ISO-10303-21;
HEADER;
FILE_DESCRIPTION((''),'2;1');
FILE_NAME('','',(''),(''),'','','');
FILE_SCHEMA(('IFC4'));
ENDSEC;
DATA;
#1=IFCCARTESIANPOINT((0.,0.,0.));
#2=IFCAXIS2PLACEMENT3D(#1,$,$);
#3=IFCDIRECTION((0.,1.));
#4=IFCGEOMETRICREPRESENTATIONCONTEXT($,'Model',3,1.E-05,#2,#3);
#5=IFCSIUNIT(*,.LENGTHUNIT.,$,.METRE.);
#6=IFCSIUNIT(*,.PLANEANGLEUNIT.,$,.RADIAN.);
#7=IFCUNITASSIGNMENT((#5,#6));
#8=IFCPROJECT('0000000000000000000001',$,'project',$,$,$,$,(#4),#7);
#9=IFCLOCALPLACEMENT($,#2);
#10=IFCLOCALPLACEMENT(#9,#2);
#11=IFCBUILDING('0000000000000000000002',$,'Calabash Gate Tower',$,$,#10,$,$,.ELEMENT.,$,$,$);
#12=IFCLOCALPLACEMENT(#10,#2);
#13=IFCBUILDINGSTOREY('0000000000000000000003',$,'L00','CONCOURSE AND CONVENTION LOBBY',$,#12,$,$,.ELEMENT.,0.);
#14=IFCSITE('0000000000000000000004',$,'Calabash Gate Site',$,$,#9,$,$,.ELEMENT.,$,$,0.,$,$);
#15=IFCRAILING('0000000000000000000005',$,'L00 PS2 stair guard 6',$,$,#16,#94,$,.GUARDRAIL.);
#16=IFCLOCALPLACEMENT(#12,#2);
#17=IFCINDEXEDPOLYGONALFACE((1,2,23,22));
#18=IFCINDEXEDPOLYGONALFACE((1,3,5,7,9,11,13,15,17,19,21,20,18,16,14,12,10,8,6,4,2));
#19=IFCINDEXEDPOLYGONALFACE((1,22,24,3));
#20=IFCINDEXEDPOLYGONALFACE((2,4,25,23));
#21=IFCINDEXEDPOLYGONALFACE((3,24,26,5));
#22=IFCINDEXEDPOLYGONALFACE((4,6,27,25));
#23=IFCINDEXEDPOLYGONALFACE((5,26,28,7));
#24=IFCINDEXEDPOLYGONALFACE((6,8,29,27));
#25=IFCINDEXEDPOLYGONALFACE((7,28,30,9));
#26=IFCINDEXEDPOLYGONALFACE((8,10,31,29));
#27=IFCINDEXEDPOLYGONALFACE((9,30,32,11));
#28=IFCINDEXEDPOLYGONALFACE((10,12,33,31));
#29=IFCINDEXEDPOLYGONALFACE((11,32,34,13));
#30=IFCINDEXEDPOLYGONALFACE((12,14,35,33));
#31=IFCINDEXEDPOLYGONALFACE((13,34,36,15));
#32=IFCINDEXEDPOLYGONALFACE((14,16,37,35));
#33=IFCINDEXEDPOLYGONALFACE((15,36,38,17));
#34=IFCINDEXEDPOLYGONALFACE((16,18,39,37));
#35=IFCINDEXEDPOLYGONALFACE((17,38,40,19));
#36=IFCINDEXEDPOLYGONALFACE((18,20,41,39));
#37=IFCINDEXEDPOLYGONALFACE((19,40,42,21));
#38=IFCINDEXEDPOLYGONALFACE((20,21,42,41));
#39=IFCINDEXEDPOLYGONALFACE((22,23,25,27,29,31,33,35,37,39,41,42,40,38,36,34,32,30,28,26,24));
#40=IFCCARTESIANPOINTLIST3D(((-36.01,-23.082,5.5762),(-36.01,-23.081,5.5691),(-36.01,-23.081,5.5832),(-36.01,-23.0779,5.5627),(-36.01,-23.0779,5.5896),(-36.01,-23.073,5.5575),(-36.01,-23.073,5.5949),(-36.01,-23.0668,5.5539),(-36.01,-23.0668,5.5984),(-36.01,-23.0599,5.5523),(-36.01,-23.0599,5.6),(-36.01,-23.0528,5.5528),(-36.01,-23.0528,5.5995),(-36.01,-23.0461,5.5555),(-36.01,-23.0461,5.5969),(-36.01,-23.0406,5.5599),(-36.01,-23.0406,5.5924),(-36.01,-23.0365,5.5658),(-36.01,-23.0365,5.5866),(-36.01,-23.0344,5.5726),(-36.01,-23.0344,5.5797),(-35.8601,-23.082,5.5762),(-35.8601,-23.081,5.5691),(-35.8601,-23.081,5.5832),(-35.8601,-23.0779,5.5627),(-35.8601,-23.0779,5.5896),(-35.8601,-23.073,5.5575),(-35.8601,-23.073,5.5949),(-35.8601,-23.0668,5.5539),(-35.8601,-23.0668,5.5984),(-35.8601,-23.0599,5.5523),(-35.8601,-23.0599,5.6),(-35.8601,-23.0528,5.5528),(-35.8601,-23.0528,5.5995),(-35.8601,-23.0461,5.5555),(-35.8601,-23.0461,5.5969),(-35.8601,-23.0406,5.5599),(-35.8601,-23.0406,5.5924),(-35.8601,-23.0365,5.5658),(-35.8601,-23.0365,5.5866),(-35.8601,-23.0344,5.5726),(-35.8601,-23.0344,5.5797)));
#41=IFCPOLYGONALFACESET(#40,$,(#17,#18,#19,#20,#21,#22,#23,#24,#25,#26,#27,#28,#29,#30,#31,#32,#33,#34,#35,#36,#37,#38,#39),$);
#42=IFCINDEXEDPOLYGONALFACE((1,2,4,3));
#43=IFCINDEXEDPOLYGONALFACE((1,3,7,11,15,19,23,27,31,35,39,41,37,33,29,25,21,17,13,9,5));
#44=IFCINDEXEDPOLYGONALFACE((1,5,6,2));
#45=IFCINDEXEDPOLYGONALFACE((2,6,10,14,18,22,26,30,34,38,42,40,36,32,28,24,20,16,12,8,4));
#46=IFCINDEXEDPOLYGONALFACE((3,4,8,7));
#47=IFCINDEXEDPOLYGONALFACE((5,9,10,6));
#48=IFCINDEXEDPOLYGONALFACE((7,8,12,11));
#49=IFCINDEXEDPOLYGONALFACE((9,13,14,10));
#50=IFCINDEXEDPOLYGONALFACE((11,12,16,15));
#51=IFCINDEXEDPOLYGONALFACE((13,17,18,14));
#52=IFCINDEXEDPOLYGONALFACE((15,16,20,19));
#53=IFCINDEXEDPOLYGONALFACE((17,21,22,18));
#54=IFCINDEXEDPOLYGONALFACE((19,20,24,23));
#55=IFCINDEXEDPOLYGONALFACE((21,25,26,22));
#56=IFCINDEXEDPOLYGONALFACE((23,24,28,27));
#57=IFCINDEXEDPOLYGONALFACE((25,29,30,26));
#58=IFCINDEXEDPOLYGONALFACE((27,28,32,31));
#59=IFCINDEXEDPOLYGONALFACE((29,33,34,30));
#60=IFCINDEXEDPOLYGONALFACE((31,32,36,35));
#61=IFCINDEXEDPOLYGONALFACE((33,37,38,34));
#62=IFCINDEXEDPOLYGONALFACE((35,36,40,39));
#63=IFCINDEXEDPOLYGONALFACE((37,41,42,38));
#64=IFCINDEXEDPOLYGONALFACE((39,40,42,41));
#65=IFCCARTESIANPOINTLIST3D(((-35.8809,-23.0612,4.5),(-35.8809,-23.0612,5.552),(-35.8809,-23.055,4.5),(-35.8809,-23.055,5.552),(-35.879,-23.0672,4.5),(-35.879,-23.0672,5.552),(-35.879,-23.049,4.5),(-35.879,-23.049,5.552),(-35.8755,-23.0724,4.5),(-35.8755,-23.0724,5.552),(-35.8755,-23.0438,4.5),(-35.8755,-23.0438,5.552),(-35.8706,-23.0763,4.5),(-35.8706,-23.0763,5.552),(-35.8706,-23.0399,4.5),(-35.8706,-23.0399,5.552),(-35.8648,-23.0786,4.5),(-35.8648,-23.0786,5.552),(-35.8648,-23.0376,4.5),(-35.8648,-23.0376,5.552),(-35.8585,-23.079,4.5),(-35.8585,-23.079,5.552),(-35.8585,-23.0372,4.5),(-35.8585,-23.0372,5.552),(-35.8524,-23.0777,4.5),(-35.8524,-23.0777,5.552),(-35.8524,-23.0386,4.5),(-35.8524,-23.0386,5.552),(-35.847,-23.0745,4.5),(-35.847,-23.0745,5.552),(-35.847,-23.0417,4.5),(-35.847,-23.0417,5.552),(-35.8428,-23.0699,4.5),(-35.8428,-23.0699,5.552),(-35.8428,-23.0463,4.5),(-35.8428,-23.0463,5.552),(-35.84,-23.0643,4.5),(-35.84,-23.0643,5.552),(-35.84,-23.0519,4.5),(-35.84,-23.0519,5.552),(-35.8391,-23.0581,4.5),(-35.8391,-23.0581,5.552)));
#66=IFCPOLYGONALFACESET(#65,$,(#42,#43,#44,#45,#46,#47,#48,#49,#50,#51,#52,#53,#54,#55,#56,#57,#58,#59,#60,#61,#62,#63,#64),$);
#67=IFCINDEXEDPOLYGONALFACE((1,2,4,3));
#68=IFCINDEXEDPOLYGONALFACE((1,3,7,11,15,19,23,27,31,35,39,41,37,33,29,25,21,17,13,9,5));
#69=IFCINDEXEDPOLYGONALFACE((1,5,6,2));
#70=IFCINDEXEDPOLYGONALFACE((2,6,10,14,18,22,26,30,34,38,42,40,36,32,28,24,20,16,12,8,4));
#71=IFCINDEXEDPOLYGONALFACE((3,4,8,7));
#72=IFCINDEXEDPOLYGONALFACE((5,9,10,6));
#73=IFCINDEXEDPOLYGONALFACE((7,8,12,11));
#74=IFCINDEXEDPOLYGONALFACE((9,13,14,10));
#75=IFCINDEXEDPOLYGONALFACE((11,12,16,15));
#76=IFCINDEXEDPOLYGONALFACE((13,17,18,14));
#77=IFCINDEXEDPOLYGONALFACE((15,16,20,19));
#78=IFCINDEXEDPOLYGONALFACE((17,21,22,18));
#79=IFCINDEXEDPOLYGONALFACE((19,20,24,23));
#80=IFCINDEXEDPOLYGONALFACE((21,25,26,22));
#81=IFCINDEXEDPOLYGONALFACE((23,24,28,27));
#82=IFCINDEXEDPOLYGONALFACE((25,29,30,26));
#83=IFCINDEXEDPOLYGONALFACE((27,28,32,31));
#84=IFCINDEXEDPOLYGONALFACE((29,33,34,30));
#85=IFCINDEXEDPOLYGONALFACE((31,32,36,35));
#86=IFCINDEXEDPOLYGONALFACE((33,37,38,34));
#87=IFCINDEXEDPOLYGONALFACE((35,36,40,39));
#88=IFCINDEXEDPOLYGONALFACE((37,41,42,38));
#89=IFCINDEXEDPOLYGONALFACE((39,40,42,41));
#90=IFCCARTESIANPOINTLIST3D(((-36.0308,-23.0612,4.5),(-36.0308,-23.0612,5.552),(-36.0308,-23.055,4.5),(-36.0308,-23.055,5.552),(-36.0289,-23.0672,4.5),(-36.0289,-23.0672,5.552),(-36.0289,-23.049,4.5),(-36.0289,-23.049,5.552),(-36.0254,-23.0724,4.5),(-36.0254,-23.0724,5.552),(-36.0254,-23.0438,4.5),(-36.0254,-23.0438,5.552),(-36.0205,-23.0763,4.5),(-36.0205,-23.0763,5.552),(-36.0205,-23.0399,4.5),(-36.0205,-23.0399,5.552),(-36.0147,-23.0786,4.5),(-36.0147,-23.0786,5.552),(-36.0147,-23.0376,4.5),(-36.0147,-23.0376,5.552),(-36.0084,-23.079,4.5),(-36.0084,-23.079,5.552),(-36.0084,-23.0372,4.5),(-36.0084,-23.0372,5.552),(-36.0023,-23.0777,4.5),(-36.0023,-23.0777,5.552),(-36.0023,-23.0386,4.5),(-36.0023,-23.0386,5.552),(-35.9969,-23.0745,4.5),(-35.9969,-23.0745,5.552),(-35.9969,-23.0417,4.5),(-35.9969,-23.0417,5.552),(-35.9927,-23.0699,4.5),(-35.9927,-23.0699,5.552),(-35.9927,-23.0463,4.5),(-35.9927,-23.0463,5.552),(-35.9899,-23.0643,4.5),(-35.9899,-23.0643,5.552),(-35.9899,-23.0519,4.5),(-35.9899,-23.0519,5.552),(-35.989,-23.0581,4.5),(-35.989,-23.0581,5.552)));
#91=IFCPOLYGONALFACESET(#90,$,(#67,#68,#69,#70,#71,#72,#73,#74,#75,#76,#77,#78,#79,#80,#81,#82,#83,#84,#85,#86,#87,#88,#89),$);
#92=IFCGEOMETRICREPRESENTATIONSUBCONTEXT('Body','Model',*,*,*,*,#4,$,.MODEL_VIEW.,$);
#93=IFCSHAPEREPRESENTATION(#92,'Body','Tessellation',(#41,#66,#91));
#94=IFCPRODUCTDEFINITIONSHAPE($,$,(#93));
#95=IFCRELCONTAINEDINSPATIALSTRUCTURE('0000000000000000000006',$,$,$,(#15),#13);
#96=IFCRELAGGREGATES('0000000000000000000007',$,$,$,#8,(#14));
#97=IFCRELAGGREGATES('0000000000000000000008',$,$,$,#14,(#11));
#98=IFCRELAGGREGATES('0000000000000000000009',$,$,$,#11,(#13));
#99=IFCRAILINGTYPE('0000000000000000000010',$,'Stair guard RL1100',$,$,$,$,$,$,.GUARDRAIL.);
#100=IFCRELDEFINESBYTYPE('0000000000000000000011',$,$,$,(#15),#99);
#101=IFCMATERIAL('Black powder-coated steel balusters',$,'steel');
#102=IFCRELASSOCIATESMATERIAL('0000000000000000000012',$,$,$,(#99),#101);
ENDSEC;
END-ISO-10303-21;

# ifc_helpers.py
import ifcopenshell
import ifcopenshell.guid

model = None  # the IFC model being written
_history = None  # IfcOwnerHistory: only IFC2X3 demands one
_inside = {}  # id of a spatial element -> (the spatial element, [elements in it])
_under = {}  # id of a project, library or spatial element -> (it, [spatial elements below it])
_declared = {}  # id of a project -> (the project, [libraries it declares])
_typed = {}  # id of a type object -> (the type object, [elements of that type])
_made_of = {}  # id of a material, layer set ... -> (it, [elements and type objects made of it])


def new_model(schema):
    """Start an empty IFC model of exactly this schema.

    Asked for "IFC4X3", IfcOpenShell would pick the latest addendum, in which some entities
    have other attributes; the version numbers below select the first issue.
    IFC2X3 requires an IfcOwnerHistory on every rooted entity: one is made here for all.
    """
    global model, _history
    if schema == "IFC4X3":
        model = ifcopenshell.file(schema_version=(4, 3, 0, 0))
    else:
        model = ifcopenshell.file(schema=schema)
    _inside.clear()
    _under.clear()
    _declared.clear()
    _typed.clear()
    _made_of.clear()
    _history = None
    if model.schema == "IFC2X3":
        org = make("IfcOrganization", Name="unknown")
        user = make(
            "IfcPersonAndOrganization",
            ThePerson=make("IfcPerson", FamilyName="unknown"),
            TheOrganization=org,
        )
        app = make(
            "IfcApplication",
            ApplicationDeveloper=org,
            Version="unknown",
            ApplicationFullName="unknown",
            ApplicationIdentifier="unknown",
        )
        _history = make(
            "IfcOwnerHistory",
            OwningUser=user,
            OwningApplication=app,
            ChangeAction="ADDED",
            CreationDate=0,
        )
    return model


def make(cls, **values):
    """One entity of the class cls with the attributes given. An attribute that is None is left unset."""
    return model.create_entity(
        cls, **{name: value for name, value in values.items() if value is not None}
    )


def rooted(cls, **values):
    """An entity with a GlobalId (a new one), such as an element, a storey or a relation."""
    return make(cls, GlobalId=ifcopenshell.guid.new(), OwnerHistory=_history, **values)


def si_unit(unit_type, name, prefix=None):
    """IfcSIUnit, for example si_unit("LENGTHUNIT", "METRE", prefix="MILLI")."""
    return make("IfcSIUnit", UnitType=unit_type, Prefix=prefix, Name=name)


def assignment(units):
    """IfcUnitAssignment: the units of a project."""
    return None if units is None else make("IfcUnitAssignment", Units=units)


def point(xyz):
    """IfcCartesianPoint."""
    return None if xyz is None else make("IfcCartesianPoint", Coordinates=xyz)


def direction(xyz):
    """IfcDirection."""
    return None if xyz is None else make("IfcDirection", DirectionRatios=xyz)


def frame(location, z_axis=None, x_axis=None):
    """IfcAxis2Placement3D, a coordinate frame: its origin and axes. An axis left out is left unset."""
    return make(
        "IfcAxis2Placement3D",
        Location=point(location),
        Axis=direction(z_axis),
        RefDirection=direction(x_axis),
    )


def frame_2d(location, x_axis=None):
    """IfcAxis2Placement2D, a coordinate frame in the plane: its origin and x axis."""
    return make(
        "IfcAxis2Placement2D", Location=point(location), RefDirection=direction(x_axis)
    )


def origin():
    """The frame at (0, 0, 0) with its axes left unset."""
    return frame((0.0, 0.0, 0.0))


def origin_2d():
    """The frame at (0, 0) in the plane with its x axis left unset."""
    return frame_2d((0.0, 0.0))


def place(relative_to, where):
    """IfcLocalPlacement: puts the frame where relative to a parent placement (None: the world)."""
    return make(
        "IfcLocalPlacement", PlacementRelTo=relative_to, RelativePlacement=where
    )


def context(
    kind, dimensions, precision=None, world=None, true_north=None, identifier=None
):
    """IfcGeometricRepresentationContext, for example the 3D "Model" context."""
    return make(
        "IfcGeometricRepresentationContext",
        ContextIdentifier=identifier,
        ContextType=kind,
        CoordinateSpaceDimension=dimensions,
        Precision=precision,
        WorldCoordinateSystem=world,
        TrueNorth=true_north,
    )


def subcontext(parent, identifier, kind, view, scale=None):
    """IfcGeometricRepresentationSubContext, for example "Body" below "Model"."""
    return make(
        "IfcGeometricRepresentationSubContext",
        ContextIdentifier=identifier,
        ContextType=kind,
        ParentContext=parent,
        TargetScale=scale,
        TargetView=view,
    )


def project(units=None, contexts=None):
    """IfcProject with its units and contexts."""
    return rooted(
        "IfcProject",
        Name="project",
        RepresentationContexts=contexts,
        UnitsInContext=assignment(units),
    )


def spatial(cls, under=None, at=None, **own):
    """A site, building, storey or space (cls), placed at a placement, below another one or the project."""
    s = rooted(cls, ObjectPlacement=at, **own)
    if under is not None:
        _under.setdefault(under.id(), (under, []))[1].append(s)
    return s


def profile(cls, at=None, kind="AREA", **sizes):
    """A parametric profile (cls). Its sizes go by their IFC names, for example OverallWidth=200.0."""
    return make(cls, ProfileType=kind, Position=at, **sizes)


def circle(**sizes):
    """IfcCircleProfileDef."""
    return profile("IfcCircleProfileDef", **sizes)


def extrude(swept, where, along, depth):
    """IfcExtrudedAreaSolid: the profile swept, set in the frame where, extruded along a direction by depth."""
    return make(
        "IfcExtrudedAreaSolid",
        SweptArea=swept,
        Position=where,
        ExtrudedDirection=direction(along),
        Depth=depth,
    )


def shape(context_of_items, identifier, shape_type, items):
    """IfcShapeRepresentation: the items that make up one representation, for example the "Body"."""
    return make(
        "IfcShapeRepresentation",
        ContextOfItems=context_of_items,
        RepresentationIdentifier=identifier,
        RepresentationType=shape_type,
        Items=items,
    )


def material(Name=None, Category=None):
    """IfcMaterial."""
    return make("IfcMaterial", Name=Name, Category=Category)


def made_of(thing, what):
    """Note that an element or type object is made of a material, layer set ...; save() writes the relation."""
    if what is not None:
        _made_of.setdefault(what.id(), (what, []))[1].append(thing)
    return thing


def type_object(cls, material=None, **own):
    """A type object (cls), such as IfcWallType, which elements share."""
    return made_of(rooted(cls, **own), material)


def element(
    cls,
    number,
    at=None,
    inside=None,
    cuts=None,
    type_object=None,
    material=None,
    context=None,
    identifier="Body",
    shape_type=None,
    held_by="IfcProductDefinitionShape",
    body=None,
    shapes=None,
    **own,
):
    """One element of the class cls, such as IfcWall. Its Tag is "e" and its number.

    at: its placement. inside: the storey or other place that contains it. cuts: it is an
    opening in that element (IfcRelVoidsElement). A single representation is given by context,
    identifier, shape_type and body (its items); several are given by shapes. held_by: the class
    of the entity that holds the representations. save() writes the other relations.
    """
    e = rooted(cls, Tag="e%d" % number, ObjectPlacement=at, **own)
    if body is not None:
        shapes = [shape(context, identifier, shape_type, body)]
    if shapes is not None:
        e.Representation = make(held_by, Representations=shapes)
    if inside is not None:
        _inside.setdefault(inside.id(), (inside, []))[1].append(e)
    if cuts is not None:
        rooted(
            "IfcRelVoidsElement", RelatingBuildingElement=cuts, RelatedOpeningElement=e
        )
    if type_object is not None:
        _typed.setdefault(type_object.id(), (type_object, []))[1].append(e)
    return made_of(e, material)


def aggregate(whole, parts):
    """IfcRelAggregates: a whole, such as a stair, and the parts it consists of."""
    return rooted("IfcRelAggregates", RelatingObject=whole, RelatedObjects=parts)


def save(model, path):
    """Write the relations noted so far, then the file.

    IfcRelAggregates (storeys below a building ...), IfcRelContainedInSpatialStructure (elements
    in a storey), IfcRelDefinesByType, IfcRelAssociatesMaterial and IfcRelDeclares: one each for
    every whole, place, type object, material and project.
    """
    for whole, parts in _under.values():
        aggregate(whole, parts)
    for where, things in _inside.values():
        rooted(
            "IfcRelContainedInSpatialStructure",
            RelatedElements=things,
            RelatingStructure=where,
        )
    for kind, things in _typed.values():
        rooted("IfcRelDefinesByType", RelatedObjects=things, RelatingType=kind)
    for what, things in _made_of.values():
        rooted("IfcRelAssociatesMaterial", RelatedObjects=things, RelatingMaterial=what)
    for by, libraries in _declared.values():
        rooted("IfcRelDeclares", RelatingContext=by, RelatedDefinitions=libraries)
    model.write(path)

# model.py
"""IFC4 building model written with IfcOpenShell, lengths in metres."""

from ifc_helpers import new_model, si_unit, direction, frame, origin, origin_2d, place, context, subcontext, project, spatial, circle, extrude, material, type_object, element, save


model = new_model("IFC4")

# Units and contexts
model_context = context("Model", 3, precision=1e-05, world=origin(), true_north=direction((0.0, 1.0)))
body_context = subcontext(model_context, "Body", "Model", "MODEL_VIEW")
ifc_project = project(units=[si_unit("LENGTHUNIT", "METRE"), si_unit("PLANEANGLEUNIT", "RADIAN")], contexts=[model_context])

# Site, building, storey
site_placement = place(None, origin())
site = spatial("IfcSite", under=ifc_project, at=site_placement, Name="Calabash Gate Site", CompositionType="ELEMENT", RefElevation=0.0)
building_placement = place(site_placement, origin())
building = spatial("IfcBuilding", under=site, at=building_placement, Name="Calabash Gate Tower", CompositionType="ELEMENT")
storey_placement = place(building_placement, origin())
storey = spatial("IfcBuildingStorey", under=building, at=storey_placement, Name="L00", Description="CONCOURSE AND CONVENTION LOBBY", CompositionType="ELEMENT", Elevation=0.0)

# Railing
ifc_material_1 = material(Name="Black powder-coated steel balusters", Category="steel")
railing_type_1 = type_object("IfcRailingType", Name="Stair guard RL1100", PredefinedType="GUARDRAIL", material=ifc_material_1)
railing_1_placement = place(storey_placement, frame((-35.8601, -23.0581, 4.5)))
element("IfcRailing", 1, at=railing_1_placement, inside=storey, type_object=railing_type_1, Name="L00 PS2 stair guard 6", PredefinedType="GUARDRAIL", context=body_context, shape_type="SweptSolid", body=[
    extrude(circle(Radius=0.0239, at=origin_2d()), frame((0.0, 0.0, 1.0762), z_axis=(-1.0, 0.0, 0.0), x_axis=(0.0, -1.0, 0.0)), (0.0, 0.0, 1.0), 0.1499),
    extrude(circle(Radius=0.021, at=origin_2d()), origin(), (0.0, 0.0, 1.0), 1.052),
    extrude(circle(Radius=0.021, at=origin_2d()), frame((-0.1499, 0.0, 0.0)), (0.0, 0.0, 1.0), 1.052),
])

save(model, "model.ifc")
